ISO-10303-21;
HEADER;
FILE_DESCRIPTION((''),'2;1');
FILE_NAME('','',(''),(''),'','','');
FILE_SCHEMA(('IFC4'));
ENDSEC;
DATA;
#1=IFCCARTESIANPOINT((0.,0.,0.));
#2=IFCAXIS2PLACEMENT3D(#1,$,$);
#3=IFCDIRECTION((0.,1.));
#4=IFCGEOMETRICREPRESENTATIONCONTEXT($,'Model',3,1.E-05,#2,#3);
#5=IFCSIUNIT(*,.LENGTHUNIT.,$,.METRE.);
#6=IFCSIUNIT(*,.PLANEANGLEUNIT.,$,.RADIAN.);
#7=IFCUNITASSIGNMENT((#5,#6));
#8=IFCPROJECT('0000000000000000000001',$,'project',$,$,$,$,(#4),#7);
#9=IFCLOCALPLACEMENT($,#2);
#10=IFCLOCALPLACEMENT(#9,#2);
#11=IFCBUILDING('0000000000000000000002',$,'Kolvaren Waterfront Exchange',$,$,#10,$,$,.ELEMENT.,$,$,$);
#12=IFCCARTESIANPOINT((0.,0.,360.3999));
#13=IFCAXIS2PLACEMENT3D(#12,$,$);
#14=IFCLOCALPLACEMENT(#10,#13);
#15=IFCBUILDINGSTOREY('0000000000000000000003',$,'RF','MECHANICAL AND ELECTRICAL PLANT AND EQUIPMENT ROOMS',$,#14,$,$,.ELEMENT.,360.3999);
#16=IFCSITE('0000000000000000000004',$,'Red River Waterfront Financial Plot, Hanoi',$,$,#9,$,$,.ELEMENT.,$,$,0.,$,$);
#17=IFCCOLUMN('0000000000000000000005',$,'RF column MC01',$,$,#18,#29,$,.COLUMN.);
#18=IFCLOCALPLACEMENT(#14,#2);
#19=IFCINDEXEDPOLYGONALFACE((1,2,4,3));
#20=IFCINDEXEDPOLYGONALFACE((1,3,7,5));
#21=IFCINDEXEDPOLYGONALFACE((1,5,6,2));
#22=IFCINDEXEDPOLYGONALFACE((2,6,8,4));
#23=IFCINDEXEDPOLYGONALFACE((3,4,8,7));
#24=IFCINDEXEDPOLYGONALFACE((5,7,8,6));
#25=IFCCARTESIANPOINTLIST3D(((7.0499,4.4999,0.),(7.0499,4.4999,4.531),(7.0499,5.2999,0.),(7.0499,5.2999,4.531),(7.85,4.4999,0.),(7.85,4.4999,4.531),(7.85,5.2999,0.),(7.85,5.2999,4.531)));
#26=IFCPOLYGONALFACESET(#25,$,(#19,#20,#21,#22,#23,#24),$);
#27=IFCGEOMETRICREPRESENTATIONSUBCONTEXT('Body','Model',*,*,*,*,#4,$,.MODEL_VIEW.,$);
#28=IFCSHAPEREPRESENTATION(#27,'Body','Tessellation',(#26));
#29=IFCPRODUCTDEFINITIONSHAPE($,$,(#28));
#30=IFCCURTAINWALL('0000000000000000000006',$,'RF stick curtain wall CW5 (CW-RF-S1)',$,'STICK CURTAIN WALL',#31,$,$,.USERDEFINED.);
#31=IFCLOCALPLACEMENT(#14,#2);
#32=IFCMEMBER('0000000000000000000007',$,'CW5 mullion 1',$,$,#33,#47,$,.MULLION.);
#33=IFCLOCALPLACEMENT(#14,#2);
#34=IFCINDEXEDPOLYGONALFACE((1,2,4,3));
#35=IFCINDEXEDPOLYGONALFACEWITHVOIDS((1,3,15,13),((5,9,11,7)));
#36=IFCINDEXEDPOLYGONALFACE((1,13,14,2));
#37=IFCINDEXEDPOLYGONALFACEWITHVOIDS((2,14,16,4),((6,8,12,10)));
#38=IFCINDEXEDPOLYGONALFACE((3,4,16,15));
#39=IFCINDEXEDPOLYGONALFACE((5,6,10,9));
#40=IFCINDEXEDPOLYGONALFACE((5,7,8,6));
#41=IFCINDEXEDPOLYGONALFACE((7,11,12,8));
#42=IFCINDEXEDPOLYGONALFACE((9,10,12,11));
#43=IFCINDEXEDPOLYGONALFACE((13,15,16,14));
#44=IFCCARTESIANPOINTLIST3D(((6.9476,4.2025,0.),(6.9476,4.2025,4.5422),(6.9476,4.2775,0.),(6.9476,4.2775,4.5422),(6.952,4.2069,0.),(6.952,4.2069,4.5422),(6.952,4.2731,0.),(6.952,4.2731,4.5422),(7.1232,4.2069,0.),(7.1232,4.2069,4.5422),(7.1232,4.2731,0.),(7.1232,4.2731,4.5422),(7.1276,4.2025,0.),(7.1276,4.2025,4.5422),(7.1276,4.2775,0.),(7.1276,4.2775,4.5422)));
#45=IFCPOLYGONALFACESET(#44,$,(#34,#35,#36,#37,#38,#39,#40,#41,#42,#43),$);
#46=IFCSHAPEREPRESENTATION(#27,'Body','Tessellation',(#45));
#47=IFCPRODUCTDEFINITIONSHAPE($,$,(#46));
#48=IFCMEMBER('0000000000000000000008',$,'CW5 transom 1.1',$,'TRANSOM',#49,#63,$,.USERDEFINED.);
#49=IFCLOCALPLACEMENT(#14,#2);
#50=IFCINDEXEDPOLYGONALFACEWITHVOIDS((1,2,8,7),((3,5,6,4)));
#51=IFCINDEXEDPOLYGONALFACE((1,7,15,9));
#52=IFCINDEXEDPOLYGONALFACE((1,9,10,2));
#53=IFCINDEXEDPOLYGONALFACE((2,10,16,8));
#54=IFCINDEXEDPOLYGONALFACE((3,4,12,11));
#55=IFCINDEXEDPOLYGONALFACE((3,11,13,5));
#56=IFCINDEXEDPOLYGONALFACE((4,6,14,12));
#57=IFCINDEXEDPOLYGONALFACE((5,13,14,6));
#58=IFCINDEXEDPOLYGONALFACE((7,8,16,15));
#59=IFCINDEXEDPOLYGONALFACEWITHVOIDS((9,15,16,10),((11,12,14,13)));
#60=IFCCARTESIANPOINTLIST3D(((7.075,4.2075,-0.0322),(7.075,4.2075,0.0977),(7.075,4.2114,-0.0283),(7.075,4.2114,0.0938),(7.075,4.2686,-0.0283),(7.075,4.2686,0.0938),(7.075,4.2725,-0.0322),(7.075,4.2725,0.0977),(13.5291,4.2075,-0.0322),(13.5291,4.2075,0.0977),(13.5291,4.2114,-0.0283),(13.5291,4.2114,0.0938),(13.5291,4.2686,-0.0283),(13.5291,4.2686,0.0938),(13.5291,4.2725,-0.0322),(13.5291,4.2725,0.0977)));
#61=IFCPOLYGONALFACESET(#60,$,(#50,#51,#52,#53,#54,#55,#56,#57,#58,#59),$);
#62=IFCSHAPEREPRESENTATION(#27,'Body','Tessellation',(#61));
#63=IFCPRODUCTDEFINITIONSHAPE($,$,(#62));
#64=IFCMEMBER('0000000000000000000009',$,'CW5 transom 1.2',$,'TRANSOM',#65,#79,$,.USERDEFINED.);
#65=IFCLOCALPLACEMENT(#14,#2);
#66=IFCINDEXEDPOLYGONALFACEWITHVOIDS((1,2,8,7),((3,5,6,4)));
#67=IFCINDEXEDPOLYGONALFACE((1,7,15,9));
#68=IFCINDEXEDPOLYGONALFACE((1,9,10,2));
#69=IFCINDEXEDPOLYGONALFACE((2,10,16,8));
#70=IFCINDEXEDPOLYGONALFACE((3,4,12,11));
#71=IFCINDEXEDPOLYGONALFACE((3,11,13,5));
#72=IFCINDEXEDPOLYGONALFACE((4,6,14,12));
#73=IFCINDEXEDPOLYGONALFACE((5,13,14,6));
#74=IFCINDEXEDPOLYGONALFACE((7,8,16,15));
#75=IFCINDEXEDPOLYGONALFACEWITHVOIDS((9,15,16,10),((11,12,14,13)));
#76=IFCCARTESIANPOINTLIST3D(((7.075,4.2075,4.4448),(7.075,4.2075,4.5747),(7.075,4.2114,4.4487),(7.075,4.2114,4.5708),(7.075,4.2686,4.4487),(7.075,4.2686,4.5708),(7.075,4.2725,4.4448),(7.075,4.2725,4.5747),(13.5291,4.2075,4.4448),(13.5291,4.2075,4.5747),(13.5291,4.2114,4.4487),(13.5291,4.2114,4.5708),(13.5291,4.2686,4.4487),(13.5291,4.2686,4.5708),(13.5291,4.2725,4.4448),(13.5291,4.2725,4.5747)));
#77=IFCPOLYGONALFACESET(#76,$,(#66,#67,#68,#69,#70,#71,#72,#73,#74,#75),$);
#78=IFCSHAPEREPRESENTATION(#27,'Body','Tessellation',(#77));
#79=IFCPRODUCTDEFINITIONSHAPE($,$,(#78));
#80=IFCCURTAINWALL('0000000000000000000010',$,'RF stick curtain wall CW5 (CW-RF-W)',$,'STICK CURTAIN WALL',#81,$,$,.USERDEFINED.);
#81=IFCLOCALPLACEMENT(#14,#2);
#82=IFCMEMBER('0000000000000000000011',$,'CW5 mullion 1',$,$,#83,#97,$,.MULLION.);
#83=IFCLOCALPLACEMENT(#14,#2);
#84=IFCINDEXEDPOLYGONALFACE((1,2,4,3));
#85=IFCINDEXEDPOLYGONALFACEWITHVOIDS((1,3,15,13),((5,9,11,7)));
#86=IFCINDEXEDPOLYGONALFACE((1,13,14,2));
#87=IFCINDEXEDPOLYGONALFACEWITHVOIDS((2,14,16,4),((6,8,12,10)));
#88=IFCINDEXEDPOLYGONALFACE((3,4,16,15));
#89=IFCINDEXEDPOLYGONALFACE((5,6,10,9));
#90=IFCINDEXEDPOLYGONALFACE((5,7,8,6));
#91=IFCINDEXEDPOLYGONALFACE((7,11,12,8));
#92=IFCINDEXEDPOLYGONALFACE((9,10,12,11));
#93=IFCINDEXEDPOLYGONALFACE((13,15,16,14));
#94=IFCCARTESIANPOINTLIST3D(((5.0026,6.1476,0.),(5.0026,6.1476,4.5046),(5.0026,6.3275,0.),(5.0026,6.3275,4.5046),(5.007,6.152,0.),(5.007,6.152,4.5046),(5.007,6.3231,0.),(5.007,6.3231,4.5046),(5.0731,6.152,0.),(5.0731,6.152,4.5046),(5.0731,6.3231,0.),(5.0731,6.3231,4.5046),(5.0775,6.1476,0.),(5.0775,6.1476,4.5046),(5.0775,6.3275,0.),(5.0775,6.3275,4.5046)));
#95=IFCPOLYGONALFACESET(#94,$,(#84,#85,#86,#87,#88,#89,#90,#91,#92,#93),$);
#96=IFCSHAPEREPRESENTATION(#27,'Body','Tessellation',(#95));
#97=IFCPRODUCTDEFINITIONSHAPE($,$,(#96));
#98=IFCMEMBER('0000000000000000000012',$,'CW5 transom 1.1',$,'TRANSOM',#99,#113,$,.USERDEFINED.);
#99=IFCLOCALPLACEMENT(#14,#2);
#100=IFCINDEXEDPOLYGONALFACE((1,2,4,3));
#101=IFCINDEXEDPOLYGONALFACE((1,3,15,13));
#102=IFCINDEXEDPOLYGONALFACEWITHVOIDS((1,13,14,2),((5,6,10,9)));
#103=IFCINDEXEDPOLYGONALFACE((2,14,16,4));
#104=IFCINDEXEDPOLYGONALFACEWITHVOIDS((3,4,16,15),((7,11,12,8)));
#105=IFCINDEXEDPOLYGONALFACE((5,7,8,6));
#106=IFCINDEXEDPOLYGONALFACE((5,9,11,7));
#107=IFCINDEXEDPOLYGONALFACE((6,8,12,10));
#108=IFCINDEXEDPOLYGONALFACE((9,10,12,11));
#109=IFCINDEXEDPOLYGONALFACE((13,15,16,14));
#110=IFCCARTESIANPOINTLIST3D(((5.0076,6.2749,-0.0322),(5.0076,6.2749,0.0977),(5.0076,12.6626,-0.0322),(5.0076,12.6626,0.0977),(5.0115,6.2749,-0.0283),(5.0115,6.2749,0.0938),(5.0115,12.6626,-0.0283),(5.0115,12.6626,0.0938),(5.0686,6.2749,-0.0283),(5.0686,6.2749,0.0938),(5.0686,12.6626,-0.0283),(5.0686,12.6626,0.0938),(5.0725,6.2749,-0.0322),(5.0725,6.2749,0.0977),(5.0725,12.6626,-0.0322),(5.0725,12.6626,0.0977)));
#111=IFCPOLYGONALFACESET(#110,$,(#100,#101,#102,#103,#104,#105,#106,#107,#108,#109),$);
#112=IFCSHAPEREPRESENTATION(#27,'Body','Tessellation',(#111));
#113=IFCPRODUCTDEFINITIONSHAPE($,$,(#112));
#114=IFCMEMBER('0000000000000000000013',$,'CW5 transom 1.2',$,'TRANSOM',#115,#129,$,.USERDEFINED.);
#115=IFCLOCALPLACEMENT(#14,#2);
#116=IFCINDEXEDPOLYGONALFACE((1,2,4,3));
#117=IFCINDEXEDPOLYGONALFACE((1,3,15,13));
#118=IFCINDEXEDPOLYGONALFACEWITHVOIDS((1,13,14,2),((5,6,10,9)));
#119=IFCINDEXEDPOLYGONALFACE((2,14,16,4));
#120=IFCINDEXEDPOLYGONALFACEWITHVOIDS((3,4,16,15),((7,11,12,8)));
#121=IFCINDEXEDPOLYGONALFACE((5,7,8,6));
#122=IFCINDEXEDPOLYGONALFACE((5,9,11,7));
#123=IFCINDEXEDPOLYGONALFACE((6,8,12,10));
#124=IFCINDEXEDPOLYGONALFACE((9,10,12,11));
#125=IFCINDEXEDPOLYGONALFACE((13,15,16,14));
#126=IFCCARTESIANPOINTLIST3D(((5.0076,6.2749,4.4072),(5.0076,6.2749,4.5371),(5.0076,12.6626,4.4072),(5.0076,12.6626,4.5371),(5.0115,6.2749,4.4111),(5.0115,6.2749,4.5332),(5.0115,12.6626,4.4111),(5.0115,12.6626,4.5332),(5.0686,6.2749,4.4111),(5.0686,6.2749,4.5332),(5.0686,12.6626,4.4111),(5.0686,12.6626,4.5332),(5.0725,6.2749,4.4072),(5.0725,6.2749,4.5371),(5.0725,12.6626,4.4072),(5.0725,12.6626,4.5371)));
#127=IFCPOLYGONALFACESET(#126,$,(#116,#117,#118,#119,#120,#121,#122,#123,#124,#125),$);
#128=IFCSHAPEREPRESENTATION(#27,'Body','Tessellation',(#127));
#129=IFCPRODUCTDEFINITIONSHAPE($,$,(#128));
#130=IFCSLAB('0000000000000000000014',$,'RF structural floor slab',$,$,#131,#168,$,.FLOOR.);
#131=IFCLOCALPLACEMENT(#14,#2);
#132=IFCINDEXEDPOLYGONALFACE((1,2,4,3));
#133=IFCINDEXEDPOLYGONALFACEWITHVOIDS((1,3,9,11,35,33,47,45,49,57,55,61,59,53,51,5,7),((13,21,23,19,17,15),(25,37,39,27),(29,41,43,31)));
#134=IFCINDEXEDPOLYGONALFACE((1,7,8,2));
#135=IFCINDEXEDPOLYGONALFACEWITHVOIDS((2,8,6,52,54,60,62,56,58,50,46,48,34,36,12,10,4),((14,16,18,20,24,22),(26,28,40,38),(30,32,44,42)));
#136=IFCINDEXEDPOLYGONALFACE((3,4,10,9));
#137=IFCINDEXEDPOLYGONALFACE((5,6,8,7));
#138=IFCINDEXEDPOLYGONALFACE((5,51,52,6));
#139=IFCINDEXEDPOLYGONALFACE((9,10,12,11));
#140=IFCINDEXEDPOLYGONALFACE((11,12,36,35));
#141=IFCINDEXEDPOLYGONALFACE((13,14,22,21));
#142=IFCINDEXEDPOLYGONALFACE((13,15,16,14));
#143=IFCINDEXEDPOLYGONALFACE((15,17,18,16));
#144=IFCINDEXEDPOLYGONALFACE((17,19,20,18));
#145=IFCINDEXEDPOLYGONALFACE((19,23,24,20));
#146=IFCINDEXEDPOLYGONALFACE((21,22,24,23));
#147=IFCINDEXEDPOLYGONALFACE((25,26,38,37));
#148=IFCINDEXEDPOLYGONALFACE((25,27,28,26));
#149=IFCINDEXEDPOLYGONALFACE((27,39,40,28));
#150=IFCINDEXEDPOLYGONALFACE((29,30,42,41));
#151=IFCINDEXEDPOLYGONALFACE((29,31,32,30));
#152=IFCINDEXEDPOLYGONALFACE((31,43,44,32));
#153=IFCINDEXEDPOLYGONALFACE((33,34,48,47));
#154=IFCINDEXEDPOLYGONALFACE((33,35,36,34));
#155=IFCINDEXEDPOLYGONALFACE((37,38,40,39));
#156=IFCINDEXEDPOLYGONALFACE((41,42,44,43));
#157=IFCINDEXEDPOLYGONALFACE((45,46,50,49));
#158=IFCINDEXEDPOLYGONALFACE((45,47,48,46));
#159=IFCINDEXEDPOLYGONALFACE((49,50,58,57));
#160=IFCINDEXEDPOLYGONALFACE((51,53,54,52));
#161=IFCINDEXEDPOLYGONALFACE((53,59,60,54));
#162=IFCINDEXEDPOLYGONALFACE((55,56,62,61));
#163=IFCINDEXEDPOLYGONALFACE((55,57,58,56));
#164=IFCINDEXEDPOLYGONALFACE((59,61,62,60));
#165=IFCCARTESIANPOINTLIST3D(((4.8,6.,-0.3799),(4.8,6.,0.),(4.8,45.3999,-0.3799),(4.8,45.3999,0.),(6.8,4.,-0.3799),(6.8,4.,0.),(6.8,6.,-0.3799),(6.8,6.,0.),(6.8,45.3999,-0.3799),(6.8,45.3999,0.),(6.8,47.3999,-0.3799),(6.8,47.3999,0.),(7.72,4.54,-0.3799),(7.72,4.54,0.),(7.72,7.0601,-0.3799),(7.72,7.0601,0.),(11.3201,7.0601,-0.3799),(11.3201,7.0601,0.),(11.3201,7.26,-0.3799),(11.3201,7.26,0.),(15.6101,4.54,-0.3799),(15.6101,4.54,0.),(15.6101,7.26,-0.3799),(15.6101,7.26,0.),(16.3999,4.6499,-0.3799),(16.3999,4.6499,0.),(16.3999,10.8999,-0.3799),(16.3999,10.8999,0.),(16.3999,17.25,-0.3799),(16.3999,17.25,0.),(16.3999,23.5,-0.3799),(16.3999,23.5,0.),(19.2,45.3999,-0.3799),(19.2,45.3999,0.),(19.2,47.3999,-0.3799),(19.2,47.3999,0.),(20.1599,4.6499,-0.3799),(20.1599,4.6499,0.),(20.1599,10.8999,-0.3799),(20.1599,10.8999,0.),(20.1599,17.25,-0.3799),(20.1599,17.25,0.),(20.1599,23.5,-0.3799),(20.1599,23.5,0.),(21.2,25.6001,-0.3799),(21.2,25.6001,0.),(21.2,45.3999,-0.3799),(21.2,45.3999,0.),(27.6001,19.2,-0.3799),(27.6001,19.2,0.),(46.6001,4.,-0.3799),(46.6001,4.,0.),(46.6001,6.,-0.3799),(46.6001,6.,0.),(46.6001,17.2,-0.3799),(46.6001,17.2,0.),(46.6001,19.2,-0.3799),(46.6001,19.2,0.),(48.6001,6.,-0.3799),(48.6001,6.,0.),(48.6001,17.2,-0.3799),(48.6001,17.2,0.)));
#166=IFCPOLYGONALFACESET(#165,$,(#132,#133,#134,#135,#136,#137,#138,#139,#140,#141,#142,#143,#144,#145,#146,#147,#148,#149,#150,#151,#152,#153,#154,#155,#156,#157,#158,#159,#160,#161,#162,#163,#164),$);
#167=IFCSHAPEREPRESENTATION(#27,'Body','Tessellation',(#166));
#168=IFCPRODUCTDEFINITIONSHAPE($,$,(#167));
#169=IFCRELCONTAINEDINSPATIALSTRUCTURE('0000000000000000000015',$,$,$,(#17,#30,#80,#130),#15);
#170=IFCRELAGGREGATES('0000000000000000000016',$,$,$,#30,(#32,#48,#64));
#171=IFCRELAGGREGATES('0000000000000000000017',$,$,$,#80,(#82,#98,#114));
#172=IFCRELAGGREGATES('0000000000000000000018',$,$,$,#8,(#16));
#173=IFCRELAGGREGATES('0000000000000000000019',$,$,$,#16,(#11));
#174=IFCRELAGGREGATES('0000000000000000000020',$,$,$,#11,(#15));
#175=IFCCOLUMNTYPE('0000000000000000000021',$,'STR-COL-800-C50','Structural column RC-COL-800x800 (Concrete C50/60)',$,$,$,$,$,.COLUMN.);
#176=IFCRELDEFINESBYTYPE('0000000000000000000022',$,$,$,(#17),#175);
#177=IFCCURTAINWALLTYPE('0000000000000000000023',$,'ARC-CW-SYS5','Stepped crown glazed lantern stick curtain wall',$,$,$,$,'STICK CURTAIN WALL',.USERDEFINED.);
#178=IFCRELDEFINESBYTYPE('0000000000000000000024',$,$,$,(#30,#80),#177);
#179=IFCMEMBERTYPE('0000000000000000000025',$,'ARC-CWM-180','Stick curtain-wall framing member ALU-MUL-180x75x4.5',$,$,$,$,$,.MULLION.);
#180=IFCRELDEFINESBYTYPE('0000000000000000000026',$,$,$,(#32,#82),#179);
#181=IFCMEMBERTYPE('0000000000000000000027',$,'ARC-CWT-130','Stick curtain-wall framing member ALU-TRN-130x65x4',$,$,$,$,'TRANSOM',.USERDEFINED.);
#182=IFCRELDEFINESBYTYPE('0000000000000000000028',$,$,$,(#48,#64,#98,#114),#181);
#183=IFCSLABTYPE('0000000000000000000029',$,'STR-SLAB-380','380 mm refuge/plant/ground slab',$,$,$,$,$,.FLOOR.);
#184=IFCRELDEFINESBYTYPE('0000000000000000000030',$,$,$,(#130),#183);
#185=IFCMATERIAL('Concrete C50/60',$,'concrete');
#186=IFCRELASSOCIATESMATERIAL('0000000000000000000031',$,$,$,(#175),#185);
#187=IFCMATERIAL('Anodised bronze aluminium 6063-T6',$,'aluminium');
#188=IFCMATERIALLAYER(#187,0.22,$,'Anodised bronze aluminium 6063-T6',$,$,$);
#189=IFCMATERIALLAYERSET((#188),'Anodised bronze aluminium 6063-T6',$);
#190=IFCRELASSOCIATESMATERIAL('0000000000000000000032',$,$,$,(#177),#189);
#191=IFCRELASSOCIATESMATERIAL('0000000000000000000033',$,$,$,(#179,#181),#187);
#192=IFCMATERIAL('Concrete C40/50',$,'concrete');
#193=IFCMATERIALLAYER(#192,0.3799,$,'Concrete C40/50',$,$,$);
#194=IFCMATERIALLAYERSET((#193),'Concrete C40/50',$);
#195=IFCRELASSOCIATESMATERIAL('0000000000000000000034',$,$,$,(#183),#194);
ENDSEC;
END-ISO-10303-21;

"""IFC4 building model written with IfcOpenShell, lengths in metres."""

from ifc_helpers import new_model, si_unit, direction, frame, origin, origin_with_axes, origin_2d, place, context, subcontext, project, spatial, polyline, rectangle, hollow_rectangle, outline, extrude, source, transform, mapped, material, layer, layer_set, material_profile, profile_set, type_object, element, aggregate, save


model = new_model("IFC4")

# Units and contexts
model_context = context("Model", 3, precision=1e-05, world=origin(), true_north=direction((0.0, 1.0)))
body_context = subcontext(model_context, "Body", "Model", "MODEL_VIEW")
ifc_project = project(units=[si_unit("LENGTHUNIT", "METRE"), si_unit("PLANEANGLEUNIT", "RADIAN")], contexts=[model_context])

# Site, building, storey
site_placement = place(None, origin())
site = spatial("IfcSite", under=ifc_project, at=site_placement, Name="Red River Waterfront Financial Plot, Hanoi", CompositionType="ELEMENT", RefElevation=0.0)
building_placement = place(site_placement, origin())
building = spatial("IfcBuilding", under=site, at=building_placement, Name="Kolvaren Waterfront Exchange", CompositionType="ELEMENT")
storey_placement = place(building_placement, frame((0.0, 0.0, 360.3999)))
storey = spatial("IfcBuildingStorey", under=building, at=storey_placement, Name="RF", Description="MECHANICAL AND ELECTRICAL PLANT AND EQUIPMENT ROOMS", CompositionType="ELEMENT", Elevation=360.3999)

# Column
ifc_material_1 = material(Name="Concrete C50/60", Category="concrete")
ifc_material_profile_1 = material_profile(ifc_material_1, rectangle(XDim=0.8, YDim=0.8, at=origin_2d()), Name="RC-COL-800x800")
ifc_profile_set_1 = profile_set([ifc_material_profile_1], Name="Concrete C50/60")
column_type = type_object("IfcColumnType", Name="STR-COL-800-C50", Description="Structural column RC-COL-800x800 (Concrete C50/60)", PredefinedType="COLUMN", material=ifc_profile_set_1)
column_placement = place(storey_placement, frame((7.45, 4.8999, 0.0), z_axis=(0.0, 0.0, 1.0), x_axis=(1.0, 0.0, 0.0)))
element("IfcColumn", 1, at=column_placement, inside=storey, type_object=column_type, Name="RF column MC01", PredefinedType="COLUMN", context=body_context, shape_type="SweptSolid", body=[
    extrude(rectangle(XDim=0.8, YDim=0.8, at=origin_2d()), origin(), (0.0, 0.0, 1.0), 4.531),
])

# Curtain walls, members
ifc_material_2 = material(Name="Anodised bronze aluminium 6063-T6", Category="aluminium")
ifc_layer_1 = layer(ifc_material_2, 0.22, Name="Anodised bronze aluminium 6063-T6")
ifc_layer_set_1 = layer_set([ifc_layer_1], Name="Anodised bronze aluminium 6063-T6")
curtain_wall_type = type_object("IfcCurtainWallType", Name="ARC-CW-SYS5", Description="Stepped crown glazed lantern stick curtain wall", ElementType="STICK CURTAIN WALL", PredefinedType="USERDEFINED", material=ifc_layer_set_1)
curtain_wall_1_placement = place(storey_placement, origin())
curtain_wall_1 = element("IfcCurtainWall", 2, at=curtain_wall_1_placement, inside=storey, type_object=curtain_wall_type, Name="RF stick curtain wall CW5 (CW-RF-S1)", ObjectType="STICK CURTAIN WALL", PredefinedType="USERDEFINED")
ifc_material_profile_2 = material_profile(ifc_material_2, hollow_rectangle(XDim=0.075, YDim=0.1799, WallThickness=0.0044, at=origin_2d()), Name="ALU-MUL-180x75x4.5")
ifc_profile_set_2 = profile_set([ifc_material_profile_2], Name="Anodised bronze aluminium 6063-T6")
member_type_1 = type_object("IfcMemberType", Name="ARC-CWM-180", Description="Stick curtain-wall framing member ALU-MUL-180x75x4.5", PredefinedType="MULLION", material=ifc_profile_set_2)
shared_shape_1 = source(origin_with_axes(), body_context, "Body", "SweptSolid", [
    extrude(hollow_rectangle(XDim=0.075, YDim=0.1799, WallThickness=0.0044, at=origin_2d()), origin(), (0.0, 0.0, 1.0), 4.5422),
])
member_1_placement = place(storey_placement, frame((7.0376, 4.24, 0.0), z_axis=(0.0, 0.0, 1.0), x_axis=(0.0, 1.0, 0.0)))
member_1 = element("IfcMember", 3, at=member_1_placement, type_object=member_type_1, Name="CW5 mullion 1", PredefinedType="MULLION", context=body_context, shape_type="MappedRepresentation", body=[
    mapped(shared_shape_1, transform((0.0, 0.0, 0.0), x_axis=(1.0, 0.0, 0.0), y_axis=(0.0, 1.0, 0.0), z_axis=(0.0, 0.0, 1.0), scale=1.0)),
])
ifc_material_profile_3 = material_profile(ifc_material_2, hollow_rectangle(XDim=0.0649, YDim=0.1299, WallThickness=0.0039, at=origin_2d()), Name="ALU-TRN-130x65x4")
ifc_profile_set_3 = profile_set([ifc_material_profile_3], Name="Anodised bronze aluminium 6063-T6")
member_type_2 = type_object("IfcMemberType", Name="ARC-CWT-130", Description="Stick curtain-wall framing member ALU-TRN-130x65x4", ElementType="TRANSOM", PredefinedType="USERDEFINED", material=ifc_profile_set_3)
shared_shape_2 = source(origin_with_axes(), body_context, "Body", "SweptSolid", [
    extrude(hollow_rectangle(XDim=0.0649, YDim=0.1299, WallThickness=0.0039, at=origin_2d()), origin(), (0.0, 0.0, 1.0), 6.4541),
])
member_2_placement = place(storey_placement, frame((7.075, 4.24, 0.0327), z_axis=(1.0, 0.0, 0.0), x_axis=(0.0, 1.0, 0.0)))
member_2 = element("IfcMember", 4, at=member_2_placement, type_object=member_type_2, Name="CW5 transom 1.1", ObjectType="TRANSOM", PredefinedType="USERDEFINED", context=body_context, shape_type="MappedRepresentation", body=[
    mapped(shared_shape_2, transform((0.0, 0.0, 0.0), x_axis=(1.0, 0.0, 0.0), y_axis=(0.0, 1.0, 0.0), z_axis=(0.0, 0.0, 1.0), scale=1.0)),
])
member_3_placement = place(storey_placement, frame((7.075, 4.24, 4.5098), z_axis=(1.0, 0.0, 0.0), x_axis=(0.0, 1.0, 0.0)))
member_3 = element("IfcMember", 5, at=member_3_placement, type_object=member_type_2, Name="CW5 transom 1.2", ObjectType="TRANSOM", PredefinedType="USERDEFINED", context=body_context, shape_type="MappedRepresentation", body=[
    mapped(shared_shape_2, transform((0.0, 0.0, 0.0), x_axis=(1.0, 0.0, 0.0), y_axis=(0.0, 1.0, 0.0), z_axis=(0.0, 0.0, 1.0), scale=1.0)),
])
aggregate(curtain_wall_1, [member_1, member_2, member_3])
curtain_wall_2_placement = place(storey_placement, origin())
curtain_wall_2 = element("IfcCurtainWall", 6, at=curtain_wall_2_placement, inside=storey, type_object=curtain_wall_type, Name="RF stick curtain wall CW5 (CW-RF-W)", ObjectType="STICK CURTAIN WALL", PredefinedType="USERDEFINED")
shared_shape_3 = source(origin_with_axes(), body_context, "Body", "SweptSolid", [
    extrude(hollow_rectangle(XDim=0.075, YDim=0.1799, WallThickness=0.0044, at=origin_2d()), origin(), (0.0, 0.0, 1.0), 4.5046),
])
member_4_placement = place(storey_placement, frame((5.04, 6.2375, 0.0), z_axis=(0.0, 0.0, 1.0), x_axis=(-1.0, 0.0, 0.0)))
member_4 = element("IfcMember", 7, at=member_4_placement, type_object=member_type_1, Name="CW5 mullion 1", PredefinedType="MULLION", context=body_context, shape_type="MappedRepresentation", body=[
    mapped(shared_shape_3, transform((0.0, 0.0, 0.0), x_axis=(1.0, 0.0, 0.0), y_axis=(0.0, 1.0, 0.0), z_axis=(0.0, 0.0, 1.0), scale=1.0)),
])
shared_shape_4 = source(origin_with_axes(), body_context, "Body", "SweptSolid", [
    extrude(hollow_rectangle(XDim=0.0649, YDim=0.1299, WallThickness=0.0039, at=origin_2d()), origin(), (0.0, 0.0, 1.0), 6.3877),
])
member_5_placement = place(storey_placement, frame((5.04, 6.2749, 0.0327), z_axis=(0.0, 1.0, 0.0), x_axis=(-1.0, 0.0, 0.0)))
member_5 = element("IfcMember", 8, at=member_5_placement, type_object=member_type_2, Name="CW5 transom 1.1", ObjectType="TRANSOM", PredefinedType="USERDEFINED", context=body_context, shape_type="MappedRepresentation", body=[
    mapped(shared_shape_4, transform((0.0, 0.0, 0.0), x_axis=(1.0, 0.0, 0.0), y_axis=(0.0, 1.0, 0.0), z_axis=(0.0, 0.0, 1.0), scale=1.0)),
])
member_6_placement = place(storey_placement, frame((5.04, 6.2749, 4.4722), z_axis=(0.0, 1.0, 0.0), x_axis=(-1.0, 0.0, 0.0)))
member_6 = element("IfcMember", 9, at=member_6_placement, type_object=member_type_2, Name="CW5 transom 1.2", ObjectType="TRANSOM", PredefinedType="USERDEFINED", context=body_context, shape_type="MappedRepresentation", body=[
    mapped(shared_shape_4, transform((0.0, 0.0, 0.0), x_axis=(1.0, 0.0, 0.0), y_axis=(0.0, 1.0, 0.0), z_axis=(0.0, 0.0, 1.0), scale=1.0)),
])
aggregate(curtain_wall_2, [member_4, member_5, member_6])

# Shared definitions
ifc_material_3 = material(Name="Concrete C40/50", Category="concrete")

# Slab
ifc_layer_2 = layer(ifc_material_3, 0.3799, Name="Concrete C40/50")
ifc_layer_set_2 = layer_set([ifc_layer_2], Name="Concrete C40/50")
slab_type_1 = type_object("IfcSlabType", Name="STR-SLAB-380", Description="380 mm refuge/plant/ground slab", PredefinedType="FLOOR", material=ifc_layer_set_2)
slab_1_placement = place(storey_placement, frame((0.0, 0.0, -0.3799)))
element("IfcSlab", 10, at=slab_1_placement, inside=storey, type_object=slab_type_1, Name="RF structural floor slab", PredefinedType="FLOOR", context=body_context, shape_type="SweptSolid", body=[
    extrude(outline(polyline([(6.8, 4.0), (46.6001, 4.0), (46.6001, 6.0), (48.6001, 6.0), (48.6001, 17.2), (46.6001, 17.2), (46.6001, 19.2), (27.6001, 19.2), (21.2, 25.6001), (21.2, 45.3999), (19.2, 45.3999), (19.2, 47.3999), (6.8, 47.3999), (6.8, 45.3999), (4.8, 45.3999), (4.8, 6.0), (6.8, 6.0), (6.8, 4.0)]), holes=[polyline([(11.3201, 7.26), (15.6101, 7.26), (15.6101, 4.54), (7.72, 4.54), (7.72, 7.0601), (11.3201, 7.0601), (11.3201, 7.26)]), polyline([(16.3999, 10.8999), (20.1599, 10.8999), (20.1599, 4.6499), (16.3999, 4.6499), (16.3999, 10.8999)]), polyline([(20.1599, 17.25), (16.3999, 17.25), (16.3999, 23.5), (20.1599, 23.5), (20.1599, 17.25)])]), origin(), (0.0, 0.0, 1.0), 0.3799),
])

save(model, "model.ifc")
